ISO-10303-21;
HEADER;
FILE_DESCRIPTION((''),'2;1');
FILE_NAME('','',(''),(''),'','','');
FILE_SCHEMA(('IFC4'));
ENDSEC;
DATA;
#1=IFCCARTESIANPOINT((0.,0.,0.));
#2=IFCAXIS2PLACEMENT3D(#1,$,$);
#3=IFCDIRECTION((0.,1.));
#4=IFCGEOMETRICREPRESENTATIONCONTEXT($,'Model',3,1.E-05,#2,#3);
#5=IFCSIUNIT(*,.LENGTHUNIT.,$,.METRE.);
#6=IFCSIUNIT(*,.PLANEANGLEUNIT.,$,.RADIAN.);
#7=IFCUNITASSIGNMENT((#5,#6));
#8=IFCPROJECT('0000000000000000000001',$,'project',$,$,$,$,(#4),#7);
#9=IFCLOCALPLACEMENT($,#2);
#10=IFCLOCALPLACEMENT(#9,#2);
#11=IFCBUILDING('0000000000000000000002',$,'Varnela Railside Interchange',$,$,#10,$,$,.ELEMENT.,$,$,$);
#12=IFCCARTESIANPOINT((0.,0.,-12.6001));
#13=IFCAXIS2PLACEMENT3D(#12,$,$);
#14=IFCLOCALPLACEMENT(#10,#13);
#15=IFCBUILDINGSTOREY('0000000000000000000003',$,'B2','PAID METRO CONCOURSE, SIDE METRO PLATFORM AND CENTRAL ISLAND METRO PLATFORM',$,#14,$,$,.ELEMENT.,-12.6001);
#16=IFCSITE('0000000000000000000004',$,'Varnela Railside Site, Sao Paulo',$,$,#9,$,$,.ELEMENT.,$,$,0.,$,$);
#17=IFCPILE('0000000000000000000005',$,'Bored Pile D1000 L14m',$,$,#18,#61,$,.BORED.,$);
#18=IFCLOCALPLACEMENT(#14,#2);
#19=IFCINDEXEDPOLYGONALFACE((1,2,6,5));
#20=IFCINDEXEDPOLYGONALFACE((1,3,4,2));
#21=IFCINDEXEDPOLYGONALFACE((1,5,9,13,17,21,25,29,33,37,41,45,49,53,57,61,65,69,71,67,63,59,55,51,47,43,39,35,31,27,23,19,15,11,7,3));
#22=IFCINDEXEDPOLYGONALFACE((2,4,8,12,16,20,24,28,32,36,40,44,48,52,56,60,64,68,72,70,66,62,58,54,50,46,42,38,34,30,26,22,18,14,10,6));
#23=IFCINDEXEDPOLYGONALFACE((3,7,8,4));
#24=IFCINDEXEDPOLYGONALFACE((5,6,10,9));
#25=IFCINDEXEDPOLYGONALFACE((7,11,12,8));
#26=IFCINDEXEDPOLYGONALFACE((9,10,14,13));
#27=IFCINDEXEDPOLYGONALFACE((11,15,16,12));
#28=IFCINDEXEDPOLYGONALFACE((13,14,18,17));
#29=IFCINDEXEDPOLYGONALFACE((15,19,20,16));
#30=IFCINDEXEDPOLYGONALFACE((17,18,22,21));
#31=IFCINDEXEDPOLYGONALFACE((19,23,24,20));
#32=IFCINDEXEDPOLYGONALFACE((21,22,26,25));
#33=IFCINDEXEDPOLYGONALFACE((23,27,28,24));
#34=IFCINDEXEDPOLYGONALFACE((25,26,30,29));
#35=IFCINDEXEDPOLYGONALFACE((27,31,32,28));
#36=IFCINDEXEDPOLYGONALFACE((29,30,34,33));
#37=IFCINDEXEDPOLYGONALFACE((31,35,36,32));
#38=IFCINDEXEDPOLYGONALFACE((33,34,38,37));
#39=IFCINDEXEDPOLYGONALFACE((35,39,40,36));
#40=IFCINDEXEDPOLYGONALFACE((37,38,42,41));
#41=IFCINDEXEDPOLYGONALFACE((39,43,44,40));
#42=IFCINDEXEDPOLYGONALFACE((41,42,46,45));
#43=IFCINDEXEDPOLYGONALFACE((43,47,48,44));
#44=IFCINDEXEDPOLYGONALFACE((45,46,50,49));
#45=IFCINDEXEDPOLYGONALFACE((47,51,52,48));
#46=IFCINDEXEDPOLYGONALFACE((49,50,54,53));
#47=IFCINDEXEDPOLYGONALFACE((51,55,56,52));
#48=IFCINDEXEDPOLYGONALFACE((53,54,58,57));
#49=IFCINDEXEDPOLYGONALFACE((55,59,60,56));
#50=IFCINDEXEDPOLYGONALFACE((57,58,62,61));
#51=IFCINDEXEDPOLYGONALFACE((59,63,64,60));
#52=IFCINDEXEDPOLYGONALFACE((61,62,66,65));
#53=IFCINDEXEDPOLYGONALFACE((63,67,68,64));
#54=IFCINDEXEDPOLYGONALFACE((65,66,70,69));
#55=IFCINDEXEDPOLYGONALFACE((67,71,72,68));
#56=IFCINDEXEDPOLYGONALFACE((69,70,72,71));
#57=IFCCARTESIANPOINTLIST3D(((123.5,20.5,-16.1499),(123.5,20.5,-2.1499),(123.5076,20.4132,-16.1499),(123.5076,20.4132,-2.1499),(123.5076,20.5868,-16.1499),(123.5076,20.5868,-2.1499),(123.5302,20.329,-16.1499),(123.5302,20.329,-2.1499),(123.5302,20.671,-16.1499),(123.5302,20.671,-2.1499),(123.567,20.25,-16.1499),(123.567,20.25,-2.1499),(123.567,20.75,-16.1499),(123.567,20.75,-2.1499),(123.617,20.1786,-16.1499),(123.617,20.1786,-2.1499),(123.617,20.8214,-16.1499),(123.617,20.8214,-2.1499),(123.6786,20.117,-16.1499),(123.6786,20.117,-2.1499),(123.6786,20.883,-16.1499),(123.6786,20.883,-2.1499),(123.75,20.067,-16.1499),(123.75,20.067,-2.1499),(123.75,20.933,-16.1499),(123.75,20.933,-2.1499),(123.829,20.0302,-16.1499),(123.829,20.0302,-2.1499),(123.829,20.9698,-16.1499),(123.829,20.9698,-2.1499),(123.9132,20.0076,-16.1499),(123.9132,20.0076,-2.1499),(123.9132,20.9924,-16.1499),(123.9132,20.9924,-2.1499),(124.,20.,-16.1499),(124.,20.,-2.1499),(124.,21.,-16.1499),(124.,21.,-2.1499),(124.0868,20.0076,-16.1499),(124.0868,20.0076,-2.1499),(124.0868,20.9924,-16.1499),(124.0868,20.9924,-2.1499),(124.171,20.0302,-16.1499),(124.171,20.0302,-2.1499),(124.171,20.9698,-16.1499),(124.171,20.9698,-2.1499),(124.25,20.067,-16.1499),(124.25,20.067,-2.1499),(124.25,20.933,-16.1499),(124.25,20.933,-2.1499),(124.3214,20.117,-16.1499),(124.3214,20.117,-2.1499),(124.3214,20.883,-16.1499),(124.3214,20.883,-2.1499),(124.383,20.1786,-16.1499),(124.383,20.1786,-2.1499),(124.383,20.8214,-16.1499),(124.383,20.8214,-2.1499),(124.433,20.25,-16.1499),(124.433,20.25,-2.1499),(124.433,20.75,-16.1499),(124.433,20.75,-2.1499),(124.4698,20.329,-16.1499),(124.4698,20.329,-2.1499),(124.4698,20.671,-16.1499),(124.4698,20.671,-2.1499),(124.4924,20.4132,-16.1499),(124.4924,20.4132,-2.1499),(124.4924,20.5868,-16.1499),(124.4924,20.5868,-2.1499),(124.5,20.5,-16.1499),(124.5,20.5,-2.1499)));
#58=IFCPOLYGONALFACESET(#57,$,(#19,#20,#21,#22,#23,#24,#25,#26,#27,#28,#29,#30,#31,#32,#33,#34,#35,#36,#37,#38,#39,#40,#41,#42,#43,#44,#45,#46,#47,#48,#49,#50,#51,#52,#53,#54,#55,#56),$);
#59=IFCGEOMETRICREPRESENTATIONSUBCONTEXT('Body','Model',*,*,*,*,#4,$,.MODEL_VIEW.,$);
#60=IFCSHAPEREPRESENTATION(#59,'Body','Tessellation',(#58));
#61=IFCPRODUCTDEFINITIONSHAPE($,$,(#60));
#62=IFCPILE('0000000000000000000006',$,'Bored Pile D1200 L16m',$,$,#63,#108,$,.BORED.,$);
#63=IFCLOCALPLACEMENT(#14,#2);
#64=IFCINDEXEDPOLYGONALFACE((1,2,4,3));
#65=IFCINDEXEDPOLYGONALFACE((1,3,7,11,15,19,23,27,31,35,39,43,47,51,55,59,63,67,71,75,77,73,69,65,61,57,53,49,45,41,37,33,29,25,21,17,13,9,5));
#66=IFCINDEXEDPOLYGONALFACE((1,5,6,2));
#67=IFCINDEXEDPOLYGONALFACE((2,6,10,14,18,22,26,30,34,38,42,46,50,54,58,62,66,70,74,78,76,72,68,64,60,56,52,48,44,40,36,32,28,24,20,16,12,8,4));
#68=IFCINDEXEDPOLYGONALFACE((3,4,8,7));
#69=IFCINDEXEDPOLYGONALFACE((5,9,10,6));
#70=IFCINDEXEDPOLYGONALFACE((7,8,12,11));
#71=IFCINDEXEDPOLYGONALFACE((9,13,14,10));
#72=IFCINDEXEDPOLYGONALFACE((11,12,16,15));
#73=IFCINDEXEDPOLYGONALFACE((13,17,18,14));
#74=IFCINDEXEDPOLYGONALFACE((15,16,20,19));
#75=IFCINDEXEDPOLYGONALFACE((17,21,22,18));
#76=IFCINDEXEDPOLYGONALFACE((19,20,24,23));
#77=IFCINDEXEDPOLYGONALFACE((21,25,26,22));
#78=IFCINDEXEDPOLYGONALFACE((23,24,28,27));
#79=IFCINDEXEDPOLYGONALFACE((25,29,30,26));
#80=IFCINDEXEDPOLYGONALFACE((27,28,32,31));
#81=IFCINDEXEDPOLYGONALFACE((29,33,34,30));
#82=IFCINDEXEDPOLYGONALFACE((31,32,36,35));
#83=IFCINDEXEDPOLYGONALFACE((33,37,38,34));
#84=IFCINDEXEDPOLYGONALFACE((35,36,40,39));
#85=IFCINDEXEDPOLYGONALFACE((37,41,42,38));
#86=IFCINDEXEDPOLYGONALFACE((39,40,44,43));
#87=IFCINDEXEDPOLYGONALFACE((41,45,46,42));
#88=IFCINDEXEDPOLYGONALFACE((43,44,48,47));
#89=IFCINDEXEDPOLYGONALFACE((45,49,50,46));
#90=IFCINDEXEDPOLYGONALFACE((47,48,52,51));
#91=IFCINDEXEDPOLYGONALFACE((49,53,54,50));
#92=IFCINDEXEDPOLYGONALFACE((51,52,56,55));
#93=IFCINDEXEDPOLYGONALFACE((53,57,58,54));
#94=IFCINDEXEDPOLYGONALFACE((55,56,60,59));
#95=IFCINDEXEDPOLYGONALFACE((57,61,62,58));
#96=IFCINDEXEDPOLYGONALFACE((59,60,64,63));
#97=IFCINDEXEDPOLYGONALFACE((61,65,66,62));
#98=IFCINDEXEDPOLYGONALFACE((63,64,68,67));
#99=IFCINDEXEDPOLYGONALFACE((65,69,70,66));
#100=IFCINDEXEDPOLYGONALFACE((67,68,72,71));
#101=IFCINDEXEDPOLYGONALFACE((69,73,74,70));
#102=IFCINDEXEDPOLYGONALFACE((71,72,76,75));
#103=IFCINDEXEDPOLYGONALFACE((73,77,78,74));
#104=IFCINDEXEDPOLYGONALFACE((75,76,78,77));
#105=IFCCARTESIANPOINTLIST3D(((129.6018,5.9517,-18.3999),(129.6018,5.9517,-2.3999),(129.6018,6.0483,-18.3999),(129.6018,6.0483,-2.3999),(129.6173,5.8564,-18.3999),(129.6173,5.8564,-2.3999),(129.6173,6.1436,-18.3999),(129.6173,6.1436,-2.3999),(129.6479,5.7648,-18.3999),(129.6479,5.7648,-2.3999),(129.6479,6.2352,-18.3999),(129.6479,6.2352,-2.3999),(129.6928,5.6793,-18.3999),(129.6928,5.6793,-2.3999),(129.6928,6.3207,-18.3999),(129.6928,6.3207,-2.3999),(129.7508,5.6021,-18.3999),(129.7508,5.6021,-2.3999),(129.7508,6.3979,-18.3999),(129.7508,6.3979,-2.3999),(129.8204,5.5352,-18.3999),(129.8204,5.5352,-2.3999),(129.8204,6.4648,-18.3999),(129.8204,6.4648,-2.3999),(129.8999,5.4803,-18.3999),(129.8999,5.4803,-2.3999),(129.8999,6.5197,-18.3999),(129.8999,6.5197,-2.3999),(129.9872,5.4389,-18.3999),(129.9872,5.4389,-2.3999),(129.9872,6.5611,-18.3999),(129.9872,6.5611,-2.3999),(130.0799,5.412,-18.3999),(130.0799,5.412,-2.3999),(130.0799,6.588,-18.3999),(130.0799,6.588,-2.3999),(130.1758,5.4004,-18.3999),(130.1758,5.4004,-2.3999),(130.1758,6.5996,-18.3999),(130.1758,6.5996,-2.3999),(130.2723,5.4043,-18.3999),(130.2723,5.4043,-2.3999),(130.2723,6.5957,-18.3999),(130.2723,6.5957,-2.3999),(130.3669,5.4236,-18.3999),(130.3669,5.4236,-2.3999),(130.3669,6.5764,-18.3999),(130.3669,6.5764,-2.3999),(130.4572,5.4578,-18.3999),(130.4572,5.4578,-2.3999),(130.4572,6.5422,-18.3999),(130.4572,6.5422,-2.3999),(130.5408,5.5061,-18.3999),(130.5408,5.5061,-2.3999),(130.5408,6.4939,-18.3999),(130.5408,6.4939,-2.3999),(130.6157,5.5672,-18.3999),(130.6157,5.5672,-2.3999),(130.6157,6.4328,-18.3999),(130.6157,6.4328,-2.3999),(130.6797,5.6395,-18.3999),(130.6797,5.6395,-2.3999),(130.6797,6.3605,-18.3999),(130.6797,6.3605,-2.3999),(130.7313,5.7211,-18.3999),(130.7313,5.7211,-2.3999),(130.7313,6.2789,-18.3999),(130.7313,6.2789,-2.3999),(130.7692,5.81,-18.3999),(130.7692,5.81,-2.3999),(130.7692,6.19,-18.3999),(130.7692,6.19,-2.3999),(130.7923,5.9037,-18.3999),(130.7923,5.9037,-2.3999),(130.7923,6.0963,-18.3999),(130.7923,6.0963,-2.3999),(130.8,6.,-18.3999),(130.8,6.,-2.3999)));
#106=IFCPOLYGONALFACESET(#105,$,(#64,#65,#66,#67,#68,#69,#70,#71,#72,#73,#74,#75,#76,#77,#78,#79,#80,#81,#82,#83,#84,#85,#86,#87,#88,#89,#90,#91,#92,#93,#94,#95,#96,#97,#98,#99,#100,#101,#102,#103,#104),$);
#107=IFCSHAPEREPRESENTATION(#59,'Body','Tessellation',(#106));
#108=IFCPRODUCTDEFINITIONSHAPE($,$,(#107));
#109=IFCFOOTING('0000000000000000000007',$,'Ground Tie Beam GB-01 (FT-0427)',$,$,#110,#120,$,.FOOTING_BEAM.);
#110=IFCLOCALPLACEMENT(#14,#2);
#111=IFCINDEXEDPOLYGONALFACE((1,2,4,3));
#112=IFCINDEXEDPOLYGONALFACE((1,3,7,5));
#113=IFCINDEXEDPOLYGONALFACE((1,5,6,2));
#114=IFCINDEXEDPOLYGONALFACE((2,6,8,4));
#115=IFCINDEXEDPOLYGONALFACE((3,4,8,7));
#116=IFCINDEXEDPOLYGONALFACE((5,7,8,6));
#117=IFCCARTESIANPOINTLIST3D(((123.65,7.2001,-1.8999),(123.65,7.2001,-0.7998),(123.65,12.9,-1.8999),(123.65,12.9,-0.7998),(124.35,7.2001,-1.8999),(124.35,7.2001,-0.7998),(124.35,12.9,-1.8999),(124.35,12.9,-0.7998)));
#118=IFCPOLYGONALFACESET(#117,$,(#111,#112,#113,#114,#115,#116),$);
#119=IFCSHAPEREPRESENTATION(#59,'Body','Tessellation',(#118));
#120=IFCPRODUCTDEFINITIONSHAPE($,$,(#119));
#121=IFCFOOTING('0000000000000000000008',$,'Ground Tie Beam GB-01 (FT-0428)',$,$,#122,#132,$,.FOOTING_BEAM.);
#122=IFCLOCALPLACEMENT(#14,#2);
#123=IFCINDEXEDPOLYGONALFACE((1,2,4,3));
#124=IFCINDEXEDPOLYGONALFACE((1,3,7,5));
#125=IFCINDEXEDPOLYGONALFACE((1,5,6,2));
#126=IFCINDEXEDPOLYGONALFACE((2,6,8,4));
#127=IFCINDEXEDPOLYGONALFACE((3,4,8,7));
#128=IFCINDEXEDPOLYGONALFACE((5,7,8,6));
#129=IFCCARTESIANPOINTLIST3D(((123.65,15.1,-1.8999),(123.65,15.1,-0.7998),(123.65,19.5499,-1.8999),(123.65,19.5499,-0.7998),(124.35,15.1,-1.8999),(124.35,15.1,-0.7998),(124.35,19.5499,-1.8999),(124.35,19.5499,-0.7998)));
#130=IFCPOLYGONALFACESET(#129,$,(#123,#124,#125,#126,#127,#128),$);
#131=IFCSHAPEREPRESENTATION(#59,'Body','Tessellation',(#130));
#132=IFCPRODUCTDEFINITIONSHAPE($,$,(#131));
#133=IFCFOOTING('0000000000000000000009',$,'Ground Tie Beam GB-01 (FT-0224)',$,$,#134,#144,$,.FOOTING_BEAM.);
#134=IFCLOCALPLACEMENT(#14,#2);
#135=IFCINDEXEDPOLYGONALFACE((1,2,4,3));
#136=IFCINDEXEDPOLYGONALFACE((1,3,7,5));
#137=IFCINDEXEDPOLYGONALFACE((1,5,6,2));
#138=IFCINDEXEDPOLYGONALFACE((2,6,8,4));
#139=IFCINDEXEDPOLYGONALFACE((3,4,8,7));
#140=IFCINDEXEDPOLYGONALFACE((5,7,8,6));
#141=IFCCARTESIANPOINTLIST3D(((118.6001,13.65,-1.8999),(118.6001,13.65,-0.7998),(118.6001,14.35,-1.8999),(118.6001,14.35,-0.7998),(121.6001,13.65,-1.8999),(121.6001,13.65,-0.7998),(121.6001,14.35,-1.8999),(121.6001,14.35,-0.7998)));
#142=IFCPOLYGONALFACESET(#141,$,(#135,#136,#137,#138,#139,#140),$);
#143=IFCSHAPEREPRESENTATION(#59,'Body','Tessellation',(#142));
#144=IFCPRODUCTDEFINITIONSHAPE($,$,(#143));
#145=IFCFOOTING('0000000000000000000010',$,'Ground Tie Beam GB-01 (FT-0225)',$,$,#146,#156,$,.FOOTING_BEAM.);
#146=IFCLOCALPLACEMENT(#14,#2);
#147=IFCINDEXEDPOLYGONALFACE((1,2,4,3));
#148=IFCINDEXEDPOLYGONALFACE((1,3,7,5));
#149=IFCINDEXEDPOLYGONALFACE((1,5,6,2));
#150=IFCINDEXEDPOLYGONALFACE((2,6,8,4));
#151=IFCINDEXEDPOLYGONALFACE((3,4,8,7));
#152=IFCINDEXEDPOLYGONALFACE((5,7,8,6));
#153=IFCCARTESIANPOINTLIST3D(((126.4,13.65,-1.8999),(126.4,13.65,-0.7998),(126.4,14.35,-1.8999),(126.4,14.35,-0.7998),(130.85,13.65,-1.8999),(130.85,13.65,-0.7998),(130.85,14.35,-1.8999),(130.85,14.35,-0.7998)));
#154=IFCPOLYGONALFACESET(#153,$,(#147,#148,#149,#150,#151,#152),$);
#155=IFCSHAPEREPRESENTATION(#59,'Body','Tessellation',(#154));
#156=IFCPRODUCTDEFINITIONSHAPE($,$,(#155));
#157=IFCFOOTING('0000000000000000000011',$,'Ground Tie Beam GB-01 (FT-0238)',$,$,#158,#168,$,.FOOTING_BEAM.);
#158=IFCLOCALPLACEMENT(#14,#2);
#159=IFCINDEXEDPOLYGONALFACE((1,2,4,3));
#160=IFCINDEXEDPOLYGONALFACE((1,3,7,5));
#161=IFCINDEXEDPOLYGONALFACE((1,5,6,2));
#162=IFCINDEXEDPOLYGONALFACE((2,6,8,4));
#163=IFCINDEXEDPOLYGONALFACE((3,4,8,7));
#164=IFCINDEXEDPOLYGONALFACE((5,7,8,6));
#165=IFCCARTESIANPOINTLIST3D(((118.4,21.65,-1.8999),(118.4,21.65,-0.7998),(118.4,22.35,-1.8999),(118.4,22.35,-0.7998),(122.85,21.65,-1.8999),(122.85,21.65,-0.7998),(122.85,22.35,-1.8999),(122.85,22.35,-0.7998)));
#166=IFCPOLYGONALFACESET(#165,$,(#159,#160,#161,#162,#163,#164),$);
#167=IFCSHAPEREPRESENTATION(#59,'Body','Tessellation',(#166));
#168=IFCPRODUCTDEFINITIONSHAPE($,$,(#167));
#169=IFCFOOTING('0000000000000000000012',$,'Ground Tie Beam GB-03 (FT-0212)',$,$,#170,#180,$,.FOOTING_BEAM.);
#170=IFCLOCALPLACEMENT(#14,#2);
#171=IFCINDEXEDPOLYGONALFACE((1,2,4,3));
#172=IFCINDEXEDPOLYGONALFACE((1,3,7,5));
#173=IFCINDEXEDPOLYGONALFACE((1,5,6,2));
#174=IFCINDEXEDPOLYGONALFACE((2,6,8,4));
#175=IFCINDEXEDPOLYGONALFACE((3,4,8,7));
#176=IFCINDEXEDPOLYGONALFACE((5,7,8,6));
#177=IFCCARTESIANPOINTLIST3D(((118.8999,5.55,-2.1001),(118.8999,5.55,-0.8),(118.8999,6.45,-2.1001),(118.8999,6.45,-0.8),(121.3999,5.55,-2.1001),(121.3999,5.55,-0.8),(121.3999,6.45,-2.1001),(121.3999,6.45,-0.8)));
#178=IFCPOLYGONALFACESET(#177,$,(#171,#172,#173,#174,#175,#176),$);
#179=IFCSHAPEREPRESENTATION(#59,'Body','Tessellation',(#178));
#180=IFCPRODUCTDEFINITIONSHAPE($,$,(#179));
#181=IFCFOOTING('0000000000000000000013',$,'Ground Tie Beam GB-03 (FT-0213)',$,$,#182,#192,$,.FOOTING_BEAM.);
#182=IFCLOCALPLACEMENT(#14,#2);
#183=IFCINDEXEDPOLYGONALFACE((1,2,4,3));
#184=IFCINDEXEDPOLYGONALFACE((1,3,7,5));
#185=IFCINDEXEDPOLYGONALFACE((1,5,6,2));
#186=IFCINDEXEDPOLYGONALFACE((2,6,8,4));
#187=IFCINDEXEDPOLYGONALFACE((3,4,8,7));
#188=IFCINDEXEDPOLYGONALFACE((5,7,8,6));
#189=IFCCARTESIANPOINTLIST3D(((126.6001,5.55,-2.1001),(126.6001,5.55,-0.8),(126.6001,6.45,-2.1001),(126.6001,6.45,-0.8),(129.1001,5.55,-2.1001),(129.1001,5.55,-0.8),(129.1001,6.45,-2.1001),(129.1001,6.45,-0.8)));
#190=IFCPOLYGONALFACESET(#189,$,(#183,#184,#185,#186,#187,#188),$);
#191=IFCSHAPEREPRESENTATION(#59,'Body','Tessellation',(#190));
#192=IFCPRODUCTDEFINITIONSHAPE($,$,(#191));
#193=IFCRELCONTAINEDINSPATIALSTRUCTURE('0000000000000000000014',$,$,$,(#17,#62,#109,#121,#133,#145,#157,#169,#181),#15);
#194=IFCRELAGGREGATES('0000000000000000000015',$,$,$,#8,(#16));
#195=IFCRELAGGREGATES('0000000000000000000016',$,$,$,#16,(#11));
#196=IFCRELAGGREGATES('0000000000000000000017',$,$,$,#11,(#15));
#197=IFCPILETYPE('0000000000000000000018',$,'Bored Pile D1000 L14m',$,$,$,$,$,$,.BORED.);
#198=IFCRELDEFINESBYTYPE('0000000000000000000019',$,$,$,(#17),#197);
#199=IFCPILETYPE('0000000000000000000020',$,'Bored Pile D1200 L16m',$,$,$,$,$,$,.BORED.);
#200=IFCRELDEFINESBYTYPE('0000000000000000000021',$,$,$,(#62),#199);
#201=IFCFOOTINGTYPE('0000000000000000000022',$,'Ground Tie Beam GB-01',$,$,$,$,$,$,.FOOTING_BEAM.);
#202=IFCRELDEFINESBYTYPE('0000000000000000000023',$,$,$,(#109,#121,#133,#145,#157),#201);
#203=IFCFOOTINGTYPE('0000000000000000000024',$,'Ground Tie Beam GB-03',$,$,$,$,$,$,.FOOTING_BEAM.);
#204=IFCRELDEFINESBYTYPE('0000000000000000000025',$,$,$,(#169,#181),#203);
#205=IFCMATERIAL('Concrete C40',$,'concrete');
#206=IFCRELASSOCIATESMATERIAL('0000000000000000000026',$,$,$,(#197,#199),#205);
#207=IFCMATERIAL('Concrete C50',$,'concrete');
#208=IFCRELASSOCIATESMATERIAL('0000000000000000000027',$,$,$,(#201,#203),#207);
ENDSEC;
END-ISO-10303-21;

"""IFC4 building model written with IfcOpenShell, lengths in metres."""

from ifc_helpers import new_model, si_unit, direction, frame, origin, origin_2d, place, context, subcontext, project, spatial, rectangle, circle, extrude, material, material_profile, profile_set, type_object, element, save


model = new_model("IFC4")

# Units and contexts
model_context = context("Model", 3, precision=1e-05, world=origin(), true_north=direction((0.0, 1.0)))
body_context = subcontext(model_context, "Body", "Model", "MODEL_VIEW")
ifc_project = project(units=[si_unit("LENGTHUNIT", "METRE"), si_unit("PLANEANGLEUNIT", "RADIAN")], contexts=[model_context])

# Site, building, storey
site_placement = place(None, origin())
site = spatial("IfcSite", under=ifc_project, at=site_placement, Name="Varnela Railside Site, Sao Paulo", CompositionType="ELEMENT", RefElevation=0.0)
building_placement = place(site_placement, origin())
building = spatial("IfcBuilding", under=site, at=building_placement, Name="Varnela Railside Interchange", CompositionType="ELEMENT")
storey_placement = place(building_placement, frame((0.0, 0.0, -12.6001)))
storey = spatial("IfcBuildingStorey", under=building, at=storey_placement, Name="B2", Description="PAID METRO CONCOURSE, SIDE METRO PLATFORM AND CENTRAL ISLAND METRO PLATFORM", CompositionType="ELEMENT", Elevation=-12.6001)

# Piles
ifc_material_1 = material(Name="Concrete C40", Category="concrete")
ifc_material_profile_1 = material_profile(ifc_material_1, circle(Radius=0.5, at=origin_2d()), Name="BORED PILE D1000")
ifc_profile_set_1 = profile_set([ifc_material_profile_1], Name="Concrete C40")
pile_type_1 = type_object("IfcPileType", Name="Bored Pile D1000 L14m", PredefinedType="BORED", material=ifc_profile_set_1)
for number, where, z_axis, x_axis, name in (
    (1, (124.0, 20.5, -2.1499), (0.0, 0.0, -1.0), (1.0, 0.0, 0.0), "Bored Pile D1000 L14m"),
):
    element("IfcPile", number, at=place(storey_placement, frame(where, z_axis=z_axis, x_axis=x_axis)), inside=storey, type_object=pile_type_1, Name=name, PredefinedType="BORED", context=body_context, shape_type="SweptSolid", body=[
        extrude(circle(Radius=0.5, at=origin_2d()), origin(), (0.0, 0.0, 1.0), 14.0),
    ])
ifc_material_profile_2 = material_profile(ifc_material_1, circle(Radius=0.6001, at=origin_2d()), Name="BORED PILE D1200")
ifc_profile_set_2 = profile_set([ifc_material_profile_2], Name="Concrete C40")
pile_type_2 = type_object("IfcPileType", Name="Bored Pile D1200 L16m", PredefinedType="BORED", material=ifc_profile_set_2)
pile_placement = place(storey_placement, frame((130.2, 6.0, -2.3999), z_axis=(0.0, 0.0, -1.0), x_axis=(1.0, 0.0, 0.0)))
element("IfcPile", 2, at=pile_placement, inside=storey, type_object=pile_type_2, Name="Bored Pile D1200 L16m", PredefinedType="BORED", context=body_context, shape_type="SweptSolid", body=[
    extrude(circle(Radius=0.6001, at=origin_2d()), origin(), (0.0, 0.0, 1.0), 16.0),
])

# Footings
ifc_material_2 = material(Name="Concrete C50", Category="concrete")
footing_type_1 = type_object("IfcFootingType", Name="Ground Tie Beam GB-01", PredefinedType="FOOTING_BEAM", material=ifc_material_2)
footing_1_placement = place(storey_placement, frame((124.0, 10.05, -1.8999), z_axis=(0.0, 0.0, 1.0), x_axis=(1.0, 0.0, 0.0)))
element("IfcFooting", 3, at=footing_1_placement, inside=storey, type_object=footing_type_1, Name="Ground Tie Beam GB-01 (FT-0427)", PredefinedType="FOOTING_BEAM", context=body_context, shape_type="SweptSolid", body=[
    extrude(rectangle(XDim=0.7, YDim=5.7, at=origin_2d()), origin(), (0.0, 0.0, 1.0), 1.1001),
])
footing_2_placement = place(storey_placement, frame((124.0, 17.325, -1.8999), z_axis=(0.0, 0.0, 1.0), x_axis=(1.0, 0.0, 0.0)))
element("IfcFooting", 4, at=footing_2_placement, inside=storey, type_object=footing_type_1, Name="Ground Tie Beam GB-01 (FT-0428)", PredefinedType="FOOTING_BEAM", context=body_context, shape_type="SweptSolid", body=[
    extrude(rectangle(XDim=0.7, YDim=4.45, at=origin_2d()), origin(), (0.0, 0.0, 1.0), 1.1001),
])
footing_3_placement = place(storey_placement, frame((120.1001, 14.0, -1.8999), z_axis=(0.0, 0.0, 1.0), x_axis=(1.0, 0.0, 0.0)))
element("IfcFooting", 5, at=footing_3_placement, inside=storey, type_object=footing_type_1, Name="Ground Tie Beam GB-01 (FT-0224)", PredefinedType="FOOTING_BEAM", context=body_context, shape_type="SweptSolid", body=[
    extrude(rectangle(XDim=3.0, YDim=0.7, at=origin_2d()), origin(), (0.0, 0.0, 1.0), 1.1001),
])
for number, where, z_axis, x_axis, name in (
    (6, (128.625, 14.0, -1.8999), (0.0, 0.0, 1.0), (1.0, 0.0, 0.0), "Ground Tie Beam GB-01 (FT-0225)"),
    (7, (120.625, 22.0, -1.8999), (0.0, 0.0, 1.0), (1.0, 0.0, 0.0), "Ground Tie Beam GB-01 (FT-0238)"),
):
    element("IfcFooting", number, at=place(storey_placement, frame(where, z_axis=z_axis, x_axis=x_axis)), inside=storey, type_object=footing_type_1, Name=name, PredefinedType="FOOTING_BEAM", context=body_context, shape_type="SweptSolid", body=[
        extrude(rectangle(XDim=4.45, YDim=0.7, at=origin_2d()), origin(), (0.0, 0.0, 1.0), 1.1001),
    ])
footing_type_2 = type_object("IfcFootingType", Name="Ground Tie Beam GB-03", PredefinedType="FOOTING_BEAM", material=ifc_material_2)
for number, where, z_axis, x_axis, name in (
    (8, (120.1499, 6.0, -2.1001), (0.0, 0.0, 1.0), (1.0, 0.0, 0.0), "Ground Tie Beam GB-03 (FT-0212)"),
    (9, (127.8501, 6.0, -2.1001), (0.0, 0.0, 1.0), (1.0, 0.0, 0.0), "Ground Tie Beam GB-03 (FT-0213)"),
):
    element("IfcFooting", number, at=place(storey_placement, frame(where, z_axis=z_axis, x_axis=x_axis)), inside=storey, type_object=footing_type_2, Name=name, PredefinedType="FOOTING_BEAM", context=body_context, shape_type="SweptSolid", body=[
        extrude(rectangle(XDim=2.5, YDim=0.8999, at=origin_2d()), origin(), (0.0, 0.0, 1.0), 1.3),
    ])

save(model, "model.ifc")
